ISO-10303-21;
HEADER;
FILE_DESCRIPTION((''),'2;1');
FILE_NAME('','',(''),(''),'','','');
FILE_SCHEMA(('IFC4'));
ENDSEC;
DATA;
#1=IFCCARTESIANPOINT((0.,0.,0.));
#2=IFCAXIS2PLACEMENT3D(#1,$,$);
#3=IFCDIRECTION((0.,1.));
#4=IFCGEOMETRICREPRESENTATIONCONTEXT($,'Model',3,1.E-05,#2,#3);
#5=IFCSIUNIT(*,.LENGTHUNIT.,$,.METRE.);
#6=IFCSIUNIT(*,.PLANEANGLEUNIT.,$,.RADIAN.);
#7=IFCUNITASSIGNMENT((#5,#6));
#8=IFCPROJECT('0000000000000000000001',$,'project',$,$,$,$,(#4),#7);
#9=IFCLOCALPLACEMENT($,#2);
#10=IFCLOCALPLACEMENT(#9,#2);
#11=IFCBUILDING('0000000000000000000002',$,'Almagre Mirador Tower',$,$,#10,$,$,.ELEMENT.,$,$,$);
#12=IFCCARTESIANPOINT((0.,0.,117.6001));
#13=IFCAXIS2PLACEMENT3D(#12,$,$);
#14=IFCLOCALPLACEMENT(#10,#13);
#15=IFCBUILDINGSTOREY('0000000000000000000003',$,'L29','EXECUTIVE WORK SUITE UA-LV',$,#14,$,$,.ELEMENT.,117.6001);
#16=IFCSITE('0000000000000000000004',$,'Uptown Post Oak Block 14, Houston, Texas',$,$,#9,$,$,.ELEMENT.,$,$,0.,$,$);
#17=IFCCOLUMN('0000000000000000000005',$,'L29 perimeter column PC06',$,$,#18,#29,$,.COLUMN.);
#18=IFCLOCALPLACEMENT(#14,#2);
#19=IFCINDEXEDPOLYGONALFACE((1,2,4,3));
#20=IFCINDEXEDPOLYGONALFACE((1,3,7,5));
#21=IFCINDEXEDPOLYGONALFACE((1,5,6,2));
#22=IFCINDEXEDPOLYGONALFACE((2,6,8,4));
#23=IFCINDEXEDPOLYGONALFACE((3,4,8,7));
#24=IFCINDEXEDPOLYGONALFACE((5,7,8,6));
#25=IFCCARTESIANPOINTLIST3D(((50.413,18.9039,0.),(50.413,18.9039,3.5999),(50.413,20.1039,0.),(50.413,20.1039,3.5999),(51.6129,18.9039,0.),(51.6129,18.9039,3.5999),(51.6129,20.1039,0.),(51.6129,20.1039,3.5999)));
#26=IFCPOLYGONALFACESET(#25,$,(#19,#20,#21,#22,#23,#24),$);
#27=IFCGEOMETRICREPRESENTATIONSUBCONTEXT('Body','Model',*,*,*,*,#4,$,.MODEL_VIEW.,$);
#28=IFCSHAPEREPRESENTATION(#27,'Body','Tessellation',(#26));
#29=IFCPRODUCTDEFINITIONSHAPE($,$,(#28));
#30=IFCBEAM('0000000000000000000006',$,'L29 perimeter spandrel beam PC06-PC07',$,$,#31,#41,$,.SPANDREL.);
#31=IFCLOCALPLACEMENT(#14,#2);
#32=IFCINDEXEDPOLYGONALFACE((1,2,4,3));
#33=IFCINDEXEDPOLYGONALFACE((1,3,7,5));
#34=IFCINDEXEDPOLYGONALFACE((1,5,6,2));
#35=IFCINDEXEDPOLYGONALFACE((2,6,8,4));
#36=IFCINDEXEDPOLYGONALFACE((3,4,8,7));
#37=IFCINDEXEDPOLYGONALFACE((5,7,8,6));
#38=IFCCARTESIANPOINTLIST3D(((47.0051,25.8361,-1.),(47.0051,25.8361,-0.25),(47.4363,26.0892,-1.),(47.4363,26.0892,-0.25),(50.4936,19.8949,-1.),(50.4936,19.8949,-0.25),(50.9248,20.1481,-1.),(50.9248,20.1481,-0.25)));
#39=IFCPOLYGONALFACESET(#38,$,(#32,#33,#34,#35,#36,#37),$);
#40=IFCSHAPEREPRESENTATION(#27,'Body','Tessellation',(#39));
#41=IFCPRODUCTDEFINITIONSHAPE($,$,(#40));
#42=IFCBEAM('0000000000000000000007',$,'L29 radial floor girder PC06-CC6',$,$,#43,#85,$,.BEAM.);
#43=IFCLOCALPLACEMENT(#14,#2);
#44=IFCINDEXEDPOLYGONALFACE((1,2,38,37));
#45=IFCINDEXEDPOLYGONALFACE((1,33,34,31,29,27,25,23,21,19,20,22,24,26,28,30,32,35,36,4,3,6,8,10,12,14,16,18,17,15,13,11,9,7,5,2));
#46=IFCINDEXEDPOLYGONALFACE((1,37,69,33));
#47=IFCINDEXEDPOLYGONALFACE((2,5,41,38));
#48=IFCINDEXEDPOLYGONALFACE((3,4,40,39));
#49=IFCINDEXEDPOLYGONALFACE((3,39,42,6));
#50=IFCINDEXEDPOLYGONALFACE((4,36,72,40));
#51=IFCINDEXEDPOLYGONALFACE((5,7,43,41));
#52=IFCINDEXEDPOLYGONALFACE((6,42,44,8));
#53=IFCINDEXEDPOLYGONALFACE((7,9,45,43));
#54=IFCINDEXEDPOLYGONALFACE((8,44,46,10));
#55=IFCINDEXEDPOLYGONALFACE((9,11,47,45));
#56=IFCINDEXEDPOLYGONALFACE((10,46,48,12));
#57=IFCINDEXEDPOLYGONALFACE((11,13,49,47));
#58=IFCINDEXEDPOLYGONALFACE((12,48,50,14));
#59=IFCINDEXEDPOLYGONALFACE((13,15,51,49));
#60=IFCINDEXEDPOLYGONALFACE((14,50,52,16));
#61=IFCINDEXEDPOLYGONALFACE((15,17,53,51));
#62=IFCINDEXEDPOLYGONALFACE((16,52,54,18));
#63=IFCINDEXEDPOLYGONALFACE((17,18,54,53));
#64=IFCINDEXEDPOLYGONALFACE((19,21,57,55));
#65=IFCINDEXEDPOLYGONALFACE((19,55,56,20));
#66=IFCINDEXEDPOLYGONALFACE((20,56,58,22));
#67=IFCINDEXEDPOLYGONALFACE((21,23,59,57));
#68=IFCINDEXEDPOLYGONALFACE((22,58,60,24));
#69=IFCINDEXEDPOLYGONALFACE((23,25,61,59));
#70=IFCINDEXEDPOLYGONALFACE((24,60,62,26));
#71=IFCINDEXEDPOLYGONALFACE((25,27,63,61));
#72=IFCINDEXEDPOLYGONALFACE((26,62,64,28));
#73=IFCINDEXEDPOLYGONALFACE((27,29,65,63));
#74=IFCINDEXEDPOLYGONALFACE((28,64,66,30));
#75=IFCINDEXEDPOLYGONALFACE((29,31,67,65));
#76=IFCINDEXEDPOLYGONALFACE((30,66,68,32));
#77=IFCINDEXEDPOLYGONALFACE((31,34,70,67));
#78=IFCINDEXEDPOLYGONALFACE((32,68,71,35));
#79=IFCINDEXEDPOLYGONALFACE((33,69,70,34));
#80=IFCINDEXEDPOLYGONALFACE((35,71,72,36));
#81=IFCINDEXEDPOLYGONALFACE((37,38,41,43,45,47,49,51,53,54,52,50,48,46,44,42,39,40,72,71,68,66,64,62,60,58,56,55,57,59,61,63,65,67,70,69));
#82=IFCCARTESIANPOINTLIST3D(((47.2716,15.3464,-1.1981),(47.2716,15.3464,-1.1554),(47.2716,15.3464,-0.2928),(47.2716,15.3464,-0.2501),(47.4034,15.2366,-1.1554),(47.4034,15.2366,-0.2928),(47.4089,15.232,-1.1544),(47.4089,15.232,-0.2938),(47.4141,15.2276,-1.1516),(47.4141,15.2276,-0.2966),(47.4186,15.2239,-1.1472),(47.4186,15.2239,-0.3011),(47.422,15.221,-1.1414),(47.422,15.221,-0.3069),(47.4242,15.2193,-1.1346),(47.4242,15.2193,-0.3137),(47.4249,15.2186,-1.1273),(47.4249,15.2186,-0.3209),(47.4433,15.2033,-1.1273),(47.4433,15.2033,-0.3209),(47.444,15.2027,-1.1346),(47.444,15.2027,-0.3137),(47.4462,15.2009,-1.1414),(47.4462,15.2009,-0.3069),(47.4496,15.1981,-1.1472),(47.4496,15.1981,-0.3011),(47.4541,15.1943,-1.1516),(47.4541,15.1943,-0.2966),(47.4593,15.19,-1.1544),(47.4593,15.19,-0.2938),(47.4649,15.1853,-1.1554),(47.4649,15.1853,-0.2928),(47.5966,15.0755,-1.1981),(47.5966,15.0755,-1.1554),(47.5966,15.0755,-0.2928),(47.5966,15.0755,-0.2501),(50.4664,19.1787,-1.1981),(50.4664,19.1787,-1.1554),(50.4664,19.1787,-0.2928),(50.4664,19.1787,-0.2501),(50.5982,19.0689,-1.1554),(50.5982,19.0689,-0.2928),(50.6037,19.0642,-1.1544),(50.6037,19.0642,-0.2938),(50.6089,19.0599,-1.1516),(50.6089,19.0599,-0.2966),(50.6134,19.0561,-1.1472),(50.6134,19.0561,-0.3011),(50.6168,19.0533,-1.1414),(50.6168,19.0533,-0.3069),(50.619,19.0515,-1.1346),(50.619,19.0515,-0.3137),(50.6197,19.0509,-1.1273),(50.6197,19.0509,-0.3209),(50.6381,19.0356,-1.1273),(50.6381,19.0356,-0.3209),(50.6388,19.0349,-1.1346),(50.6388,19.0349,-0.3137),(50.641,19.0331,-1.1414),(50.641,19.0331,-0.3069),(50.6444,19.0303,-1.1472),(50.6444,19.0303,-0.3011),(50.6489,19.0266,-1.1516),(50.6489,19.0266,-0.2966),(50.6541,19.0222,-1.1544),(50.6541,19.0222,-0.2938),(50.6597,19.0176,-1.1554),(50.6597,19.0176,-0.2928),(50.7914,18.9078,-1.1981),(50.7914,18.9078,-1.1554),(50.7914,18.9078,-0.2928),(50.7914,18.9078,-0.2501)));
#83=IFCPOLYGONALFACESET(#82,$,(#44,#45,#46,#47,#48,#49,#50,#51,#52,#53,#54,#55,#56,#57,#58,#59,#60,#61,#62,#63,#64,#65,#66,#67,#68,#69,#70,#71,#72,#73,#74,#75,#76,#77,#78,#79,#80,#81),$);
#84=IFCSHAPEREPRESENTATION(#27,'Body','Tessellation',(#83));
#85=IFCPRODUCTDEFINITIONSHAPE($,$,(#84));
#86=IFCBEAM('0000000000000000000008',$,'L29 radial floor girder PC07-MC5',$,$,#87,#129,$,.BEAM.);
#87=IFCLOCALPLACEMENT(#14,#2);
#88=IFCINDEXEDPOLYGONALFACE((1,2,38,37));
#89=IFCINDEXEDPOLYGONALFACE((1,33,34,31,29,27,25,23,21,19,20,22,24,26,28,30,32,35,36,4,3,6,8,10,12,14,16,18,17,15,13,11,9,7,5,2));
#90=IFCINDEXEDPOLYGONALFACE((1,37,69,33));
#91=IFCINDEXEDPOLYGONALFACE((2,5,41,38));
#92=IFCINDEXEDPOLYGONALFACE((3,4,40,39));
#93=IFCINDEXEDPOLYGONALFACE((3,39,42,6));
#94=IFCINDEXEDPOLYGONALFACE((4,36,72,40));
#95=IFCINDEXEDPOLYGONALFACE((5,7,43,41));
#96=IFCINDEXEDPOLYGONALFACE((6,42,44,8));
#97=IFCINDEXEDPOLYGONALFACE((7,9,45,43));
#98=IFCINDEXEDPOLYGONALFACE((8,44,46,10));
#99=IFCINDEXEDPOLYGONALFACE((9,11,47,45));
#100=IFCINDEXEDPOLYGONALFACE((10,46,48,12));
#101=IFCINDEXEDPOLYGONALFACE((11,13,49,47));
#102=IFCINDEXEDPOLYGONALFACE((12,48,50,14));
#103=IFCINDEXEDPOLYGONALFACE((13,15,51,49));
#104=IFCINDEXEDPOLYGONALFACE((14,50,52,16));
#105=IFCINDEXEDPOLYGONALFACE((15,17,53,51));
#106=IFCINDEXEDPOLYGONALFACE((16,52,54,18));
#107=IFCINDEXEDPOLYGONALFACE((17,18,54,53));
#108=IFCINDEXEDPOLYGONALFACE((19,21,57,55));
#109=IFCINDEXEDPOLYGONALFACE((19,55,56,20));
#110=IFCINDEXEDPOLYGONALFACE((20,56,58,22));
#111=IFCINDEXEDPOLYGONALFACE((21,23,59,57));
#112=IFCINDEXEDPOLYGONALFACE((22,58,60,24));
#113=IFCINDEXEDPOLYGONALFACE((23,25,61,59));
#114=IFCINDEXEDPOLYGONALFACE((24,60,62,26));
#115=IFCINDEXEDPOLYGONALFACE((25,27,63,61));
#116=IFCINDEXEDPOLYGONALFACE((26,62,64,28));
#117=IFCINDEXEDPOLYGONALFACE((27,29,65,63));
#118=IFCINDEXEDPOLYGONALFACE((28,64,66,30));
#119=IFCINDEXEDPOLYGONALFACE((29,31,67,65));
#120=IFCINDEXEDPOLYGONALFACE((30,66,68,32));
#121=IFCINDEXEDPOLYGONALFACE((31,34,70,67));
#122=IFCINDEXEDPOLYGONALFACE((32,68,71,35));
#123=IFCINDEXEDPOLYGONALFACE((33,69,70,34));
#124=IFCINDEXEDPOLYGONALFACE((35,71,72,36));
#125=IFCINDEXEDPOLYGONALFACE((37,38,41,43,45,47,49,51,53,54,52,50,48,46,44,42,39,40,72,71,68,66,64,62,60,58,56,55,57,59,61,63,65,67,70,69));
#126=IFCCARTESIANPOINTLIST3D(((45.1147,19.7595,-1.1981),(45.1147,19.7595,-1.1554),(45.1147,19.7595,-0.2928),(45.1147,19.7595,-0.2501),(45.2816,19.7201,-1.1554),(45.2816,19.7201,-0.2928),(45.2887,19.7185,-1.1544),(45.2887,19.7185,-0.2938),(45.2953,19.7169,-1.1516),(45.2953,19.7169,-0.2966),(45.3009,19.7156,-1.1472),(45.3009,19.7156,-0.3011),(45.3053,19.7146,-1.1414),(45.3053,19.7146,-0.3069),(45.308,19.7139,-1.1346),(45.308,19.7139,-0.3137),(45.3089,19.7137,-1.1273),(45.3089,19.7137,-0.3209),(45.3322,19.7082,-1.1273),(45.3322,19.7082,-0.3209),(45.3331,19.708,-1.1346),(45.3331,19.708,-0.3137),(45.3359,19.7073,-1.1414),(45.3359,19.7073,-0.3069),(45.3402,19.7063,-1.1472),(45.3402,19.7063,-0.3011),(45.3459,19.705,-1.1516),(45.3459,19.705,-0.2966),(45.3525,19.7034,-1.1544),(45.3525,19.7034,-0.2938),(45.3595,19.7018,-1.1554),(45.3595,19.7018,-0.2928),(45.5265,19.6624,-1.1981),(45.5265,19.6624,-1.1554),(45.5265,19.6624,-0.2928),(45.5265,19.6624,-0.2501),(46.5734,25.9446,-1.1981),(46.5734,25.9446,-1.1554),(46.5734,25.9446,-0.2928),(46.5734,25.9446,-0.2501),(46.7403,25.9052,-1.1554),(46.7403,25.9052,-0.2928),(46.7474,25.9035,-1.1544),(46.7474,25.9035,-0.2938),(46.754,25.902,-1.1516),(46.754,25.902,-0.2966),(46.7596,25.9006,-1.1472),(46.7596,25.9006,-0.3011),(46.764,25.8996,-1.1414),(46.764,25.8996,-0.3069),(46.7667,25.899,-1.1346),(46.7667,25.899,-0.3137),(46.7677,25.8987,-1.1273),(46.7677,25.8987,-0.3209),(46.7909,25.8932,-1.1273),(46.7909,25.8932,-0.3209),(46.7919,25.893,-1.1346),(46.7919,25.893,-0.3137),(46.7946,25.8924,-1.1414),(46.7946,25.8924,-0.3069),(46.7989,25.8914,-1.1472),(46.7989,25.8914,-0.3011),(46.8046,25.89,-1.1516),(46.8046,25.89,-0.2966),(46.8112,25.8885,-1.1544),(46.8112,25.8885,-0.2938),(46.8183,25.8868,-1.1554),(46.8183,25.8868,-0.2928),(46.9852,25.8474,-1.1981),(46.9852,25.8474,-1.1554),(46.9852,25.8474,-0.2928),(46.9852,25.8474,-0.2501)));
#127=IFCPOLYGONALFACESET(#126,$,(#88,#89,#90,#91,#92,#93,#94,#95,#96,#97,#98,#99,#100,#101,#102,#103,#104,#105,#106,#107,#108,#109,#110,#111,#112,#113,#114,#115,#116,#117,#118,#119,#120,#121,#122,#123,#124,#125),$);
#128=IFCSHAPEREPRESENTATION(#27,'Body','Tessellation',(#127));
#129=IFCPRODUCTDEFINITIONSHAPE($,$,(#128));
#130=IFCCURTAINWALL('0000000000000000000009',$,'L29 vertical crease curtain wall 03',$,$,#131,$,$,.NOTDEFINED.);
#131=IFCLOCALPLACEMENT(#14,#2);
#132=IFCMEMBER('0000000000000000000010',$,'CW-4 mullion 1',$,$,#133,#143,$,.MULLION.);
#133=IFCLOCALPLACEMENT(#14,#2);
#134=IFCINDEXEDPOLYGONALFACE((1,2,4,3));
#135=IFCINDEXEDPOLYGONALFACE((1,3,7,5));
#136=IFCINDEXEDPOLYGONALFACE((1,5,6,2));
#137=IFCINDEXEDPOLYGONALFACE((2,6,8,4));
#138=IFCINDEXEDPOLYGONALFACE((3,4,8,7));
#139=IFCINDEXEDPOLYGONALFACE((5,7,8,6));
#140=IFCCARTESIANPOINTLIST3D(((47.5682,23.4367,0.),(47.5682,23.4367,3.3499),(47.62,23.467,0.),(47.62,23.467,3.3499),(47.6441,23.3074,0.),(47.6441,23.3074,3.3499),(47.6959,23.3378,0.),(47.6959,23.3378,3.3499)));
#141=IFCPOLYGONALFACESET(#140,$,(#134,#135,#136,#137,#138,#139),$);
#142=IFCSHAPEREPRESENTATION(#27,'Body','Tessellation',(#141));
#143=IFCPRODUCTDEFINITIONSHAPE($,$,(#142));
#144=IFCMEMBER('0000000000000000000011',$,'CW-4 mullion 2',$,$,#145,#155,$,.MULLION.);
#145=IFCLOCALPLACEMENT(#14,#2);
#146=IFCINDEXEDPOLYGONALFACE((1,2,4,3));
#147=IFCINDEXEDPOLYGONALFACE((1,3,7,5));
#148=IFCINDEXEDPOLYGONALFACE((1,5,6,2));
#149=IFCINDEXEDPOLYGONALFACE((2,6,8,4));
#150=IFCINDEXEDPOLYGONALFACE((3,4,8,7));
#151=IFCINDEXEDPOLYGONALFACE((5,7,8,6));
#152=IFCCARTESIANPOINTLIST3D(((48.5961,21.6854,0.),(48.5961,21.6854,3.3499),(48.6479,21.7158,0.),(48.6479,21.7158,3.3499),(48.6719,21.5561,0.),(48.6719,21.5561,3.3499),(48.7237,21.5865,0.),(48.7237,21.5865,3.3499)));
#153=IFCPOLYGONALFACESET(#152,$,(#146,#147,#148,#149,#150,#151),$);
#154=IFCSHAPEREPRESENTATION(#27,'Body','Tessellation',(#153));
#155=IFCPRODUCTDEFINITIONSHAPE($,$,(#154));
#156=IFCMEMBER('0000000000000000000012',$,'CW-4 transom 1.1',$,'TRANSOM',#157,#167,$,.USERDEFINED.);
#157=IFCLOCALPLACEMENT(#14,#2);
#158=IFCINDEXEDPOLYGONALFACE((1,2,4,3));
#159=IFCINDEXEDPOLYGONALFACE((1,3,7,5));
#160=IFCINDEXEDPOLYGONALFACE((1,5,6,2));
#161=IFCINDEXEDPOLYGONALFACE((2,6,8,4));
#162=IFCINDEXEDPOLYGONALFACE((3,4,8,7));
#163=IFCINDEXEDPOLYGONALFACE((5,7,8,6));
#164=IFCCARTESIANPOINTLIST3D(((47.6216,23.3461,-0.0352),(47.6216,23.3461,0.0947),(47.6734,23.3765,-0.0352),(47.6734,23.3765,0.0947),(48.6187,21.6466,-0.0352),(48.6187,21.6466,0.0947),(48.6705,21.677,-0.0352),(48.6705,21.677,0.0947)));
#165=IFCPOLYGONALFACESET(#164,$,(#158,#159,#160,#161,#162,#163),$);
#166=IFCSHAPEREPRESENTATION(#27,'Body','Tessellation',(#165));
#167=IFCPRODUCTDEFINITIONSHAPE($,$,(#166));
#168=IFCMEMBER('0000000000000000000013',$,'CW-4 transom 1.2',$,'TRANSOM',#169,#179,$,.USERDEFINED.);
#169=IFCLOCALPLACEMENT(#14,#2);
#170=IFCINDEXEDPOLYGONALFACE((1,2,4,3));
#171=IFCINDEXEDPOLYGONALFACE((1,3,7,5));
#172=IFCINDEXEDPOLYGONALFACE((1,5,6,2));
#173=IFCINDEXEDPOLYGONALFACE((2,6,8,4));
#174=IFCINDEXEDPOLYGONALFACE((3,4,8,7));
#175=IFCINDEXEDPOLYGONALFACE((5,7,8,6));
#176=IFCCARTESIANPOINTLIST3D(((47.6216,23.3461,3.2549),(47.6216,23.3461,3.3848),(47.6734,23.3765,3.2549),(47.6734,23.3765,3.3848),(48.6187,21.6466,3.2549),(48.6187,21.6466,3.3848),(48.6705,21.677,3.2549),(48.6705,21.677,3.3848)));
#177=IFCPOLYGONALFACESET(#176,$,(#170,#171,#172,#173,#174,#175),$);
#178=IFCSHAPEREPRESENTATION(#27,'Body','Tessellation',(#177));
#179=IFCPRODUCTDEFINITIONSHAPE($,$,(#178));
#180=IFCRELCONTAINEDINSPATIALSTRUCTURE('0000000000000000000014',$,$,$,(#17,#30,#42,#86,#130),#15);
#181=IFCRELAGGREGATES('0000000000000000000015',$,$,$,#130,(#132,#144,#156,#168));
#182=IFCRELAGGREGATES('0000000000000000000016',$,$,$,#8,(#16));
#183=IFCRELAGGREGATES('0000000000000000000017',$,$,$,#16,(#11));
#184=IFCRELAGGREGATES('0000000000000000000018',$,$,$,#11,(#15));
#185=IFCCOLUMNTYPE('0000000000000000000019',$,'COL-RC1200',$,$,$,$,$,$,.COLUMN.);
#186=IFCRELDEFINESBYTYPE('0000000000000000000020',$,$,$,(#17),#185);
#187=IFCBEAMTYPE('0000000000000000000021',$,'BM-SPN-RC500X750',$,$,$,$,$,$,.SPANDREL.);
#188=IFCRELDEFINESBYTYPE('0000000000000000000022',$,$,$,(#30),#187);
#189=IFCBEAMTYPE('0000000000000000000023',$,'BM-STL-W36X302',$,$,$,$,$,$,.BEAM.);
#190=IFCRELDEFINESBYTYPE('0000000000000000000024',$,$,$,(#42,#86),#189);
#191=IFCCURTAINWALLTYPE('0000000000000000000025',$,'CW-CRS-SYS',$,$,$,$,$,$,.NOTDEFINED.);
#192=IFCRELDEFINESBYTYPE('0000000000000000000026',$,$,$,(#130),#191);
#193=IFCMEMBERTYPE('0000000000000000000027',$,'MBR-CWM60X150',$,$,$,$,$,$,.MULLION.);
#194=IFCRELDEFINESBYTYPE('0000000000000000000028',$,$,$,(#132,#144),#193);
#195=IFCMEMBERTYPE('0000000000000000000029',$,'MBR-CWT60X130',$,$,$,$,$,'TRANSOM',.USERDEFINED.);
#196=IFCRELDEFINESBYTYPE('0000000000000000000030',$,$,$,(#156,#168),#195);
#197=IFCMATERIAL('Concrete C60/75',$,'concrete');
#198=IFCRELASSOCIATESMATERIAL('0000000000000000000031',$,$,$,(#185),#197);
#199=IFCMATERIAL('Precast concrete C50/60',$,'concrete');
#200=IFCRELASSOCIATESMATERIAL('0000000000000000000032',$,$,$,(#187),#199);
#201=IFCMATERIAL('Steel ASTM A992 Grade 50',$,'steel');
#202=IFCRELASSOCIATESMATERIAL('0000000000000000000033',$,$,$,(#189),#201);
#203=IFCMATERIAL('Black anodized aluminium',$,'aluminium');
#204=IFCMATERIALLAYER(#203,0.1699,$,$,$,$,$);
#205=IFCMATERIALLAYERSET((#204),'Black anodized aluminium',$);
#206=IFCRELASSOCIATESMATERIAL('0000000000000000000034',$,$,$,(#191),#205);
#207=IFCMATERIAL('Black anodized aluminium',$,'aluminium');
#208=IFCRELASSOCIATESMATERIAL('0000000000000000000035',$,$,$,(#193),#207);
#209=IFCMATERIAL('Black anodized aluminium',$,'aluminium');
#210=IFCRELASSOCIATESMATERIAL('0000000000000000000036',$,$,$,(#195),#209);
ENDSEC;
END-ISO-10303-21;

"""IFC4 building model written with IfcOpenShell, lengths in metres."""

from ifc_helpers import new_model, si_unit, direction, frame, origin, origin_2d, place, context, subcontext, project, spatial, rectangle, i_section, extrude, material, layer, layer_set, material_profile, profile_set, type_object, element, aggregate, save


model = new_model("IFC4")

# Units and contexts
model_context = context("Model", 3, precision=1e-05, world=origin(), true_north=direction((0.0, 1.0)))
body_context = subcontext(model_context, "Body", "Model", "MODEL_VIEW")
ifc_project = project(units=[si_unit("LENGTHUNIT", "METRE"), si_unit("PLANEANGLEUNIT", "RADIAN")], contexts=[model_context])

# Site, building, storey
site_placement = place(None, origin())
site = spatial("IfcSite", under=ifc_project, at=site_placement, Name="Uptown Post Oak Block 14, Houston, Texas", CompositionType="ELEMENT", RefElevation=0.0)
building_placement = place(site_placement, origin())
building = spatial("IfcBuilding", under=site, at=building_placement, Name="Almagre Mirador Tower", CompositionType="ELEMENT")
storey_placement = place(building_placement, frame((0.0, 0.0, 117.6001)))
storey = spatial("IfcBuildingStorey", under=building, at=storey_placement, Name="L29", Description="EXECUTIVE WORK SUITE UA-LV", CompositionType="ELEMENT", Elevation=117.6001)

# Column
ifc_material_1 = material(Name="Concrete C60/75", Category="concrete")
ifc_material_profile_1 = material_profile(ifc_material_1, rectangle(XDim=1.2, YDim=1.2, at=origin_2d()), Name="RC1200X1200")
ifc_profile_set_1 = profile_set([ifc_material_profile_1], Name="Concrete C60/75")
column_type = type_object("IfcColumnType", Name="COL-RC1200", PredefinedType="COLUMN", material=ifc_profile_set_1)
column_placement = place(storey_placement, frame((51.0129, 19.5039, 0.0), z_axis=(0.0, 0.0, 1.0), x_axis=(1.0, 0.0, 0.0)))
element("IfcColumn", 1, at=column_placement, inside=storey, type_object=column_type, Name="L29 perimeter column PC06", PredefinedType="COLUMN", context=body_context, shape_type="SweptSolid", body=[
    extrude(rectangle(XDim=1.2, YDim=1.2, at=origin_2d()), origin(), (0.0, 0.0, 1.0), 3.5999),
])

# Beams
ifc_material_2 = material(Name="Precast concrete C50/60", Category="concrete")
ifc_material_profile_2 = material_profile(ifc_material_2, rectangle(XDim=0.5, YDim=0.75, at=origin_2d()), Name="RC500X750")
ifc_profile_set_2 = profile_set([ifc_material_profile_2], Name="Precast concrete C50/60")
beam_type_1 = type_object("IfcBeamType", Name="BM-SPN-RC500X750", PredefinedType="SPANDREL", material=ifc_profile_set_2)
beam_1_placement = place(storey_placement, frame((50.7092, 20.0215, -0.625), z_axis=(-0.506343, 0.862332, 0.0), x_axis=(-0.862332, -0.506343, 0.0)))
element("IfcBeam", 2, at=beam_1_placement, inside=storey, type_object=beam_type_1, Name="L29 perimeter spandrel beam PC06-PC07", PredefinedType="SPANDREL", context=body_context, shape_type="SweptSolid", body=[
    extrude(rectangle(XDim=0.5, YDim=0.75, at=origin_2d()), origin(), (0.0, 0.0, 1.0), 6.8896),
])
ifc_material_3 = material(Name="Steel ASTM A992 Grade 50", Category="steel")
ifc_material_profile_3 = material_profile(ifc_material_3, i_section(OverallWidth=0.4231, OverallDepth=0.948, WebThickness=0.0239, FlangeThickness=0.0427, FilletRadius=0.0281, at=origin_2d()), Name="W36X302")
ifc_profile_set_3 = profile_set([ifc_material_profile_3], Name="Steel ASTM A992 Grade 50")
beam_type_2 = type_object("IfcBeamType", Name="BM-STL-W36X302", PredefinedType="BEAM", material=ifc_profile_set_3)
beam_2_placement = place(storey_placement, frame((50.6289, 19.0432, -0.7241), z_axis=(-0.640334, -0.768097, 0.0), x_axis=(0.768097, -0.640334, 0.0)))
element("IfcBeam", 3, at=beam_2_placement, inside=storey, type_object=beam_type_2, Name="L29 radial floor girder PC06-CC6", PredefinedType="BEAM", context=body_context, shape_type="SweptSolid", body=[
    extrude(i_section(OverallWidth=0.4231, OverallDepth=0.948, WebThickness=0.0239, FlangeThickness=0.0427, FilletRadius=0.0281, at=origin_2d()), origin(), (0.0, 0.0, 1.0), 4.9893),
])
beam_3_placement = place(storey_placement, frame((46.7793, 25.896, -0.7241), z_axis=(-0.229551, -0.973297, 0.0), x_axis=(0.973297, -0.229551, 0.0)))
element("IfcBeam", 4, at=beam_3_placement, inside=storey, type_object=beam_type_2, Name="L29 radial floor girder PC07-MC5", PredefinedType="BEAM", context=body_context, shape_type="SweptSolid", body=[
    extrude(i_section(OverallWidth=0.4231, OverallDepth=0.948, WebThickness=0.0239, FlangeThickness=0.0427, FilletRadius=0.0281, at=origin_2d()), origin(), (0.0, 0.0, 1.0), 6.3547),
])

# Curtain wall, members
ifc_material_4 = material(Name="Black anodized aluminium", Category="aluminium")
ifc_layer_1 = layer(ifc_material_4, 0.1699)
ifc_layer_set_1 = layer_set([ifc_layer_1], Name="Black anodized aluminium")
curtain_wall_type = type_object("IfcCurtainWallType", Name="CW-CRS-SYS", PredefinedType="NOTDEFINED", material=ifc_layer_set_1)
curtain_wall_placement = place(storey_placement, origin())
curtain_wall = element("IfcCurtainWall", 5, at=curtain_wall_placement, inside=storey, type_object=curtain_wall_type, Name="L29 vertical crease curtain wall 03", PredefinedType="NOTDEFINED")
ifc_material_5 = material(Name="Black anodized aluminium", Category="aluminium")
ifc_material_profile_4 = material_profile(ifc_material_5, rectangle(XDim=0.0601, YDim=0.1499, at=origin_2d()), Name="CWM60X150")
ifc_profile_set_4 = profile_set([ifc_material_profile_4], Name="Black anodized aluminium")
member_type_1 = type_object("IfcMemberType", Name="MBR-CWM60X150", PredefinedType="MULLION", material=ifc_profile_set_4)
member_1_placement = place(storey_placement, frame((47.6321, 23.3872, 0.0), z_axis=(0.0, 0.0, 1.0), x_axis=(0.862475, 0.5061, 0.0)))
member_1 = element("IfcMember", 6, at=member_1_placement, type_object=member_type_1, Name="CW-4 mullion 1", PredefinedType="MULLION", context=body_context, shape_type="SweptSolid", body=[
    extrude(rectangle(XDim=0.0601, YDim=0.1499, at=origin_2d()), origin(), (0.0, 0.0, 1.0), 3.3499),
])
member_2_placement = place(storey_placement, frame((48.6599, 21.636, 0.0), z_axis=(0.0, 0.0, 1.0), x_axis=(0.862475, 0.5061, 0.0)))
member_2 = element("IfcMember", 7, at=member_2_placement, type_object=member_type_1, Name="CW-4 mullion 2", PredefinedType="MULLION", context=body_context, shape_type="SweptSolid", body=[
    extrude(rectangle(XDim=0.0601, YDim=0.1499, at=origin_2d()), origin(), (0.0, 0.0, 1.0), 3.3499),
])
ifc_material_6 = material(Name="Black anodized aluminium", Category="aluminium")
ifc_material_profile_5 = material_profile(ifc_material_6, rectangle(XDim=0.0601, YDim=0.1299, at=origin_2d()), Name="CWT60X130")
ifc_profile_set_5 = profile_set([ifc_material_profile_5], Name="Black anodized aluminium")
member_type_2 = type_object("IfcMemberType", Name="MBR-CWT60X130", ElementType="TRANSOM", PredefinedType="USERDEFINED", material=ifc_profile_set_5)
member_3_placement = place(storey_placement, frame((47.6475, 23.3613, 0.0298), z_axis=(0.506034, -0.862513, 0.0), x_axis=(0.862513, 0.506034, 0.0)))
member_3 = element("IfcMember", 8, at=member_3_placement, type_object=member_type_2, Name="CW-4 transom 1.1", ObjectType="TRANSOM", PredefinedType="USERDEFINED", context=body_context, shape_type="SweptSolid", body=[
    extrude(rectangle(XDim=0.0601, YDim=0.1299, at=origin_2d()), origin(), (0.0, 0.0, 1.0), 1.9705),
])
member_4_placement = place(storey_placement, frame((47.6475, 23.3613, 3.3198), z_axis=(0.506034, -0.862513, 0.0), x_axis=(0.862513, 0.506034, 0.0)))
member_4 = element("IfcMember", 9, at=member_4_placement, type_object=member_type_2, Name="CW-4 transom 1.2", ObjectType="TRANSOM", PredefinedType="USERDEFINED", context=body_context, shape_type="SweptSolid", body=[
    extrude(rectangle(XDim=0.0601, YDim=0.1299, at=origin_2d()), origin(), (0.0, 0.0, 1.0), 1.9705),
])
aggregate(curtain_wall, [member_1, member_2, member_3, member_4])

save(model, "model.ifc")
